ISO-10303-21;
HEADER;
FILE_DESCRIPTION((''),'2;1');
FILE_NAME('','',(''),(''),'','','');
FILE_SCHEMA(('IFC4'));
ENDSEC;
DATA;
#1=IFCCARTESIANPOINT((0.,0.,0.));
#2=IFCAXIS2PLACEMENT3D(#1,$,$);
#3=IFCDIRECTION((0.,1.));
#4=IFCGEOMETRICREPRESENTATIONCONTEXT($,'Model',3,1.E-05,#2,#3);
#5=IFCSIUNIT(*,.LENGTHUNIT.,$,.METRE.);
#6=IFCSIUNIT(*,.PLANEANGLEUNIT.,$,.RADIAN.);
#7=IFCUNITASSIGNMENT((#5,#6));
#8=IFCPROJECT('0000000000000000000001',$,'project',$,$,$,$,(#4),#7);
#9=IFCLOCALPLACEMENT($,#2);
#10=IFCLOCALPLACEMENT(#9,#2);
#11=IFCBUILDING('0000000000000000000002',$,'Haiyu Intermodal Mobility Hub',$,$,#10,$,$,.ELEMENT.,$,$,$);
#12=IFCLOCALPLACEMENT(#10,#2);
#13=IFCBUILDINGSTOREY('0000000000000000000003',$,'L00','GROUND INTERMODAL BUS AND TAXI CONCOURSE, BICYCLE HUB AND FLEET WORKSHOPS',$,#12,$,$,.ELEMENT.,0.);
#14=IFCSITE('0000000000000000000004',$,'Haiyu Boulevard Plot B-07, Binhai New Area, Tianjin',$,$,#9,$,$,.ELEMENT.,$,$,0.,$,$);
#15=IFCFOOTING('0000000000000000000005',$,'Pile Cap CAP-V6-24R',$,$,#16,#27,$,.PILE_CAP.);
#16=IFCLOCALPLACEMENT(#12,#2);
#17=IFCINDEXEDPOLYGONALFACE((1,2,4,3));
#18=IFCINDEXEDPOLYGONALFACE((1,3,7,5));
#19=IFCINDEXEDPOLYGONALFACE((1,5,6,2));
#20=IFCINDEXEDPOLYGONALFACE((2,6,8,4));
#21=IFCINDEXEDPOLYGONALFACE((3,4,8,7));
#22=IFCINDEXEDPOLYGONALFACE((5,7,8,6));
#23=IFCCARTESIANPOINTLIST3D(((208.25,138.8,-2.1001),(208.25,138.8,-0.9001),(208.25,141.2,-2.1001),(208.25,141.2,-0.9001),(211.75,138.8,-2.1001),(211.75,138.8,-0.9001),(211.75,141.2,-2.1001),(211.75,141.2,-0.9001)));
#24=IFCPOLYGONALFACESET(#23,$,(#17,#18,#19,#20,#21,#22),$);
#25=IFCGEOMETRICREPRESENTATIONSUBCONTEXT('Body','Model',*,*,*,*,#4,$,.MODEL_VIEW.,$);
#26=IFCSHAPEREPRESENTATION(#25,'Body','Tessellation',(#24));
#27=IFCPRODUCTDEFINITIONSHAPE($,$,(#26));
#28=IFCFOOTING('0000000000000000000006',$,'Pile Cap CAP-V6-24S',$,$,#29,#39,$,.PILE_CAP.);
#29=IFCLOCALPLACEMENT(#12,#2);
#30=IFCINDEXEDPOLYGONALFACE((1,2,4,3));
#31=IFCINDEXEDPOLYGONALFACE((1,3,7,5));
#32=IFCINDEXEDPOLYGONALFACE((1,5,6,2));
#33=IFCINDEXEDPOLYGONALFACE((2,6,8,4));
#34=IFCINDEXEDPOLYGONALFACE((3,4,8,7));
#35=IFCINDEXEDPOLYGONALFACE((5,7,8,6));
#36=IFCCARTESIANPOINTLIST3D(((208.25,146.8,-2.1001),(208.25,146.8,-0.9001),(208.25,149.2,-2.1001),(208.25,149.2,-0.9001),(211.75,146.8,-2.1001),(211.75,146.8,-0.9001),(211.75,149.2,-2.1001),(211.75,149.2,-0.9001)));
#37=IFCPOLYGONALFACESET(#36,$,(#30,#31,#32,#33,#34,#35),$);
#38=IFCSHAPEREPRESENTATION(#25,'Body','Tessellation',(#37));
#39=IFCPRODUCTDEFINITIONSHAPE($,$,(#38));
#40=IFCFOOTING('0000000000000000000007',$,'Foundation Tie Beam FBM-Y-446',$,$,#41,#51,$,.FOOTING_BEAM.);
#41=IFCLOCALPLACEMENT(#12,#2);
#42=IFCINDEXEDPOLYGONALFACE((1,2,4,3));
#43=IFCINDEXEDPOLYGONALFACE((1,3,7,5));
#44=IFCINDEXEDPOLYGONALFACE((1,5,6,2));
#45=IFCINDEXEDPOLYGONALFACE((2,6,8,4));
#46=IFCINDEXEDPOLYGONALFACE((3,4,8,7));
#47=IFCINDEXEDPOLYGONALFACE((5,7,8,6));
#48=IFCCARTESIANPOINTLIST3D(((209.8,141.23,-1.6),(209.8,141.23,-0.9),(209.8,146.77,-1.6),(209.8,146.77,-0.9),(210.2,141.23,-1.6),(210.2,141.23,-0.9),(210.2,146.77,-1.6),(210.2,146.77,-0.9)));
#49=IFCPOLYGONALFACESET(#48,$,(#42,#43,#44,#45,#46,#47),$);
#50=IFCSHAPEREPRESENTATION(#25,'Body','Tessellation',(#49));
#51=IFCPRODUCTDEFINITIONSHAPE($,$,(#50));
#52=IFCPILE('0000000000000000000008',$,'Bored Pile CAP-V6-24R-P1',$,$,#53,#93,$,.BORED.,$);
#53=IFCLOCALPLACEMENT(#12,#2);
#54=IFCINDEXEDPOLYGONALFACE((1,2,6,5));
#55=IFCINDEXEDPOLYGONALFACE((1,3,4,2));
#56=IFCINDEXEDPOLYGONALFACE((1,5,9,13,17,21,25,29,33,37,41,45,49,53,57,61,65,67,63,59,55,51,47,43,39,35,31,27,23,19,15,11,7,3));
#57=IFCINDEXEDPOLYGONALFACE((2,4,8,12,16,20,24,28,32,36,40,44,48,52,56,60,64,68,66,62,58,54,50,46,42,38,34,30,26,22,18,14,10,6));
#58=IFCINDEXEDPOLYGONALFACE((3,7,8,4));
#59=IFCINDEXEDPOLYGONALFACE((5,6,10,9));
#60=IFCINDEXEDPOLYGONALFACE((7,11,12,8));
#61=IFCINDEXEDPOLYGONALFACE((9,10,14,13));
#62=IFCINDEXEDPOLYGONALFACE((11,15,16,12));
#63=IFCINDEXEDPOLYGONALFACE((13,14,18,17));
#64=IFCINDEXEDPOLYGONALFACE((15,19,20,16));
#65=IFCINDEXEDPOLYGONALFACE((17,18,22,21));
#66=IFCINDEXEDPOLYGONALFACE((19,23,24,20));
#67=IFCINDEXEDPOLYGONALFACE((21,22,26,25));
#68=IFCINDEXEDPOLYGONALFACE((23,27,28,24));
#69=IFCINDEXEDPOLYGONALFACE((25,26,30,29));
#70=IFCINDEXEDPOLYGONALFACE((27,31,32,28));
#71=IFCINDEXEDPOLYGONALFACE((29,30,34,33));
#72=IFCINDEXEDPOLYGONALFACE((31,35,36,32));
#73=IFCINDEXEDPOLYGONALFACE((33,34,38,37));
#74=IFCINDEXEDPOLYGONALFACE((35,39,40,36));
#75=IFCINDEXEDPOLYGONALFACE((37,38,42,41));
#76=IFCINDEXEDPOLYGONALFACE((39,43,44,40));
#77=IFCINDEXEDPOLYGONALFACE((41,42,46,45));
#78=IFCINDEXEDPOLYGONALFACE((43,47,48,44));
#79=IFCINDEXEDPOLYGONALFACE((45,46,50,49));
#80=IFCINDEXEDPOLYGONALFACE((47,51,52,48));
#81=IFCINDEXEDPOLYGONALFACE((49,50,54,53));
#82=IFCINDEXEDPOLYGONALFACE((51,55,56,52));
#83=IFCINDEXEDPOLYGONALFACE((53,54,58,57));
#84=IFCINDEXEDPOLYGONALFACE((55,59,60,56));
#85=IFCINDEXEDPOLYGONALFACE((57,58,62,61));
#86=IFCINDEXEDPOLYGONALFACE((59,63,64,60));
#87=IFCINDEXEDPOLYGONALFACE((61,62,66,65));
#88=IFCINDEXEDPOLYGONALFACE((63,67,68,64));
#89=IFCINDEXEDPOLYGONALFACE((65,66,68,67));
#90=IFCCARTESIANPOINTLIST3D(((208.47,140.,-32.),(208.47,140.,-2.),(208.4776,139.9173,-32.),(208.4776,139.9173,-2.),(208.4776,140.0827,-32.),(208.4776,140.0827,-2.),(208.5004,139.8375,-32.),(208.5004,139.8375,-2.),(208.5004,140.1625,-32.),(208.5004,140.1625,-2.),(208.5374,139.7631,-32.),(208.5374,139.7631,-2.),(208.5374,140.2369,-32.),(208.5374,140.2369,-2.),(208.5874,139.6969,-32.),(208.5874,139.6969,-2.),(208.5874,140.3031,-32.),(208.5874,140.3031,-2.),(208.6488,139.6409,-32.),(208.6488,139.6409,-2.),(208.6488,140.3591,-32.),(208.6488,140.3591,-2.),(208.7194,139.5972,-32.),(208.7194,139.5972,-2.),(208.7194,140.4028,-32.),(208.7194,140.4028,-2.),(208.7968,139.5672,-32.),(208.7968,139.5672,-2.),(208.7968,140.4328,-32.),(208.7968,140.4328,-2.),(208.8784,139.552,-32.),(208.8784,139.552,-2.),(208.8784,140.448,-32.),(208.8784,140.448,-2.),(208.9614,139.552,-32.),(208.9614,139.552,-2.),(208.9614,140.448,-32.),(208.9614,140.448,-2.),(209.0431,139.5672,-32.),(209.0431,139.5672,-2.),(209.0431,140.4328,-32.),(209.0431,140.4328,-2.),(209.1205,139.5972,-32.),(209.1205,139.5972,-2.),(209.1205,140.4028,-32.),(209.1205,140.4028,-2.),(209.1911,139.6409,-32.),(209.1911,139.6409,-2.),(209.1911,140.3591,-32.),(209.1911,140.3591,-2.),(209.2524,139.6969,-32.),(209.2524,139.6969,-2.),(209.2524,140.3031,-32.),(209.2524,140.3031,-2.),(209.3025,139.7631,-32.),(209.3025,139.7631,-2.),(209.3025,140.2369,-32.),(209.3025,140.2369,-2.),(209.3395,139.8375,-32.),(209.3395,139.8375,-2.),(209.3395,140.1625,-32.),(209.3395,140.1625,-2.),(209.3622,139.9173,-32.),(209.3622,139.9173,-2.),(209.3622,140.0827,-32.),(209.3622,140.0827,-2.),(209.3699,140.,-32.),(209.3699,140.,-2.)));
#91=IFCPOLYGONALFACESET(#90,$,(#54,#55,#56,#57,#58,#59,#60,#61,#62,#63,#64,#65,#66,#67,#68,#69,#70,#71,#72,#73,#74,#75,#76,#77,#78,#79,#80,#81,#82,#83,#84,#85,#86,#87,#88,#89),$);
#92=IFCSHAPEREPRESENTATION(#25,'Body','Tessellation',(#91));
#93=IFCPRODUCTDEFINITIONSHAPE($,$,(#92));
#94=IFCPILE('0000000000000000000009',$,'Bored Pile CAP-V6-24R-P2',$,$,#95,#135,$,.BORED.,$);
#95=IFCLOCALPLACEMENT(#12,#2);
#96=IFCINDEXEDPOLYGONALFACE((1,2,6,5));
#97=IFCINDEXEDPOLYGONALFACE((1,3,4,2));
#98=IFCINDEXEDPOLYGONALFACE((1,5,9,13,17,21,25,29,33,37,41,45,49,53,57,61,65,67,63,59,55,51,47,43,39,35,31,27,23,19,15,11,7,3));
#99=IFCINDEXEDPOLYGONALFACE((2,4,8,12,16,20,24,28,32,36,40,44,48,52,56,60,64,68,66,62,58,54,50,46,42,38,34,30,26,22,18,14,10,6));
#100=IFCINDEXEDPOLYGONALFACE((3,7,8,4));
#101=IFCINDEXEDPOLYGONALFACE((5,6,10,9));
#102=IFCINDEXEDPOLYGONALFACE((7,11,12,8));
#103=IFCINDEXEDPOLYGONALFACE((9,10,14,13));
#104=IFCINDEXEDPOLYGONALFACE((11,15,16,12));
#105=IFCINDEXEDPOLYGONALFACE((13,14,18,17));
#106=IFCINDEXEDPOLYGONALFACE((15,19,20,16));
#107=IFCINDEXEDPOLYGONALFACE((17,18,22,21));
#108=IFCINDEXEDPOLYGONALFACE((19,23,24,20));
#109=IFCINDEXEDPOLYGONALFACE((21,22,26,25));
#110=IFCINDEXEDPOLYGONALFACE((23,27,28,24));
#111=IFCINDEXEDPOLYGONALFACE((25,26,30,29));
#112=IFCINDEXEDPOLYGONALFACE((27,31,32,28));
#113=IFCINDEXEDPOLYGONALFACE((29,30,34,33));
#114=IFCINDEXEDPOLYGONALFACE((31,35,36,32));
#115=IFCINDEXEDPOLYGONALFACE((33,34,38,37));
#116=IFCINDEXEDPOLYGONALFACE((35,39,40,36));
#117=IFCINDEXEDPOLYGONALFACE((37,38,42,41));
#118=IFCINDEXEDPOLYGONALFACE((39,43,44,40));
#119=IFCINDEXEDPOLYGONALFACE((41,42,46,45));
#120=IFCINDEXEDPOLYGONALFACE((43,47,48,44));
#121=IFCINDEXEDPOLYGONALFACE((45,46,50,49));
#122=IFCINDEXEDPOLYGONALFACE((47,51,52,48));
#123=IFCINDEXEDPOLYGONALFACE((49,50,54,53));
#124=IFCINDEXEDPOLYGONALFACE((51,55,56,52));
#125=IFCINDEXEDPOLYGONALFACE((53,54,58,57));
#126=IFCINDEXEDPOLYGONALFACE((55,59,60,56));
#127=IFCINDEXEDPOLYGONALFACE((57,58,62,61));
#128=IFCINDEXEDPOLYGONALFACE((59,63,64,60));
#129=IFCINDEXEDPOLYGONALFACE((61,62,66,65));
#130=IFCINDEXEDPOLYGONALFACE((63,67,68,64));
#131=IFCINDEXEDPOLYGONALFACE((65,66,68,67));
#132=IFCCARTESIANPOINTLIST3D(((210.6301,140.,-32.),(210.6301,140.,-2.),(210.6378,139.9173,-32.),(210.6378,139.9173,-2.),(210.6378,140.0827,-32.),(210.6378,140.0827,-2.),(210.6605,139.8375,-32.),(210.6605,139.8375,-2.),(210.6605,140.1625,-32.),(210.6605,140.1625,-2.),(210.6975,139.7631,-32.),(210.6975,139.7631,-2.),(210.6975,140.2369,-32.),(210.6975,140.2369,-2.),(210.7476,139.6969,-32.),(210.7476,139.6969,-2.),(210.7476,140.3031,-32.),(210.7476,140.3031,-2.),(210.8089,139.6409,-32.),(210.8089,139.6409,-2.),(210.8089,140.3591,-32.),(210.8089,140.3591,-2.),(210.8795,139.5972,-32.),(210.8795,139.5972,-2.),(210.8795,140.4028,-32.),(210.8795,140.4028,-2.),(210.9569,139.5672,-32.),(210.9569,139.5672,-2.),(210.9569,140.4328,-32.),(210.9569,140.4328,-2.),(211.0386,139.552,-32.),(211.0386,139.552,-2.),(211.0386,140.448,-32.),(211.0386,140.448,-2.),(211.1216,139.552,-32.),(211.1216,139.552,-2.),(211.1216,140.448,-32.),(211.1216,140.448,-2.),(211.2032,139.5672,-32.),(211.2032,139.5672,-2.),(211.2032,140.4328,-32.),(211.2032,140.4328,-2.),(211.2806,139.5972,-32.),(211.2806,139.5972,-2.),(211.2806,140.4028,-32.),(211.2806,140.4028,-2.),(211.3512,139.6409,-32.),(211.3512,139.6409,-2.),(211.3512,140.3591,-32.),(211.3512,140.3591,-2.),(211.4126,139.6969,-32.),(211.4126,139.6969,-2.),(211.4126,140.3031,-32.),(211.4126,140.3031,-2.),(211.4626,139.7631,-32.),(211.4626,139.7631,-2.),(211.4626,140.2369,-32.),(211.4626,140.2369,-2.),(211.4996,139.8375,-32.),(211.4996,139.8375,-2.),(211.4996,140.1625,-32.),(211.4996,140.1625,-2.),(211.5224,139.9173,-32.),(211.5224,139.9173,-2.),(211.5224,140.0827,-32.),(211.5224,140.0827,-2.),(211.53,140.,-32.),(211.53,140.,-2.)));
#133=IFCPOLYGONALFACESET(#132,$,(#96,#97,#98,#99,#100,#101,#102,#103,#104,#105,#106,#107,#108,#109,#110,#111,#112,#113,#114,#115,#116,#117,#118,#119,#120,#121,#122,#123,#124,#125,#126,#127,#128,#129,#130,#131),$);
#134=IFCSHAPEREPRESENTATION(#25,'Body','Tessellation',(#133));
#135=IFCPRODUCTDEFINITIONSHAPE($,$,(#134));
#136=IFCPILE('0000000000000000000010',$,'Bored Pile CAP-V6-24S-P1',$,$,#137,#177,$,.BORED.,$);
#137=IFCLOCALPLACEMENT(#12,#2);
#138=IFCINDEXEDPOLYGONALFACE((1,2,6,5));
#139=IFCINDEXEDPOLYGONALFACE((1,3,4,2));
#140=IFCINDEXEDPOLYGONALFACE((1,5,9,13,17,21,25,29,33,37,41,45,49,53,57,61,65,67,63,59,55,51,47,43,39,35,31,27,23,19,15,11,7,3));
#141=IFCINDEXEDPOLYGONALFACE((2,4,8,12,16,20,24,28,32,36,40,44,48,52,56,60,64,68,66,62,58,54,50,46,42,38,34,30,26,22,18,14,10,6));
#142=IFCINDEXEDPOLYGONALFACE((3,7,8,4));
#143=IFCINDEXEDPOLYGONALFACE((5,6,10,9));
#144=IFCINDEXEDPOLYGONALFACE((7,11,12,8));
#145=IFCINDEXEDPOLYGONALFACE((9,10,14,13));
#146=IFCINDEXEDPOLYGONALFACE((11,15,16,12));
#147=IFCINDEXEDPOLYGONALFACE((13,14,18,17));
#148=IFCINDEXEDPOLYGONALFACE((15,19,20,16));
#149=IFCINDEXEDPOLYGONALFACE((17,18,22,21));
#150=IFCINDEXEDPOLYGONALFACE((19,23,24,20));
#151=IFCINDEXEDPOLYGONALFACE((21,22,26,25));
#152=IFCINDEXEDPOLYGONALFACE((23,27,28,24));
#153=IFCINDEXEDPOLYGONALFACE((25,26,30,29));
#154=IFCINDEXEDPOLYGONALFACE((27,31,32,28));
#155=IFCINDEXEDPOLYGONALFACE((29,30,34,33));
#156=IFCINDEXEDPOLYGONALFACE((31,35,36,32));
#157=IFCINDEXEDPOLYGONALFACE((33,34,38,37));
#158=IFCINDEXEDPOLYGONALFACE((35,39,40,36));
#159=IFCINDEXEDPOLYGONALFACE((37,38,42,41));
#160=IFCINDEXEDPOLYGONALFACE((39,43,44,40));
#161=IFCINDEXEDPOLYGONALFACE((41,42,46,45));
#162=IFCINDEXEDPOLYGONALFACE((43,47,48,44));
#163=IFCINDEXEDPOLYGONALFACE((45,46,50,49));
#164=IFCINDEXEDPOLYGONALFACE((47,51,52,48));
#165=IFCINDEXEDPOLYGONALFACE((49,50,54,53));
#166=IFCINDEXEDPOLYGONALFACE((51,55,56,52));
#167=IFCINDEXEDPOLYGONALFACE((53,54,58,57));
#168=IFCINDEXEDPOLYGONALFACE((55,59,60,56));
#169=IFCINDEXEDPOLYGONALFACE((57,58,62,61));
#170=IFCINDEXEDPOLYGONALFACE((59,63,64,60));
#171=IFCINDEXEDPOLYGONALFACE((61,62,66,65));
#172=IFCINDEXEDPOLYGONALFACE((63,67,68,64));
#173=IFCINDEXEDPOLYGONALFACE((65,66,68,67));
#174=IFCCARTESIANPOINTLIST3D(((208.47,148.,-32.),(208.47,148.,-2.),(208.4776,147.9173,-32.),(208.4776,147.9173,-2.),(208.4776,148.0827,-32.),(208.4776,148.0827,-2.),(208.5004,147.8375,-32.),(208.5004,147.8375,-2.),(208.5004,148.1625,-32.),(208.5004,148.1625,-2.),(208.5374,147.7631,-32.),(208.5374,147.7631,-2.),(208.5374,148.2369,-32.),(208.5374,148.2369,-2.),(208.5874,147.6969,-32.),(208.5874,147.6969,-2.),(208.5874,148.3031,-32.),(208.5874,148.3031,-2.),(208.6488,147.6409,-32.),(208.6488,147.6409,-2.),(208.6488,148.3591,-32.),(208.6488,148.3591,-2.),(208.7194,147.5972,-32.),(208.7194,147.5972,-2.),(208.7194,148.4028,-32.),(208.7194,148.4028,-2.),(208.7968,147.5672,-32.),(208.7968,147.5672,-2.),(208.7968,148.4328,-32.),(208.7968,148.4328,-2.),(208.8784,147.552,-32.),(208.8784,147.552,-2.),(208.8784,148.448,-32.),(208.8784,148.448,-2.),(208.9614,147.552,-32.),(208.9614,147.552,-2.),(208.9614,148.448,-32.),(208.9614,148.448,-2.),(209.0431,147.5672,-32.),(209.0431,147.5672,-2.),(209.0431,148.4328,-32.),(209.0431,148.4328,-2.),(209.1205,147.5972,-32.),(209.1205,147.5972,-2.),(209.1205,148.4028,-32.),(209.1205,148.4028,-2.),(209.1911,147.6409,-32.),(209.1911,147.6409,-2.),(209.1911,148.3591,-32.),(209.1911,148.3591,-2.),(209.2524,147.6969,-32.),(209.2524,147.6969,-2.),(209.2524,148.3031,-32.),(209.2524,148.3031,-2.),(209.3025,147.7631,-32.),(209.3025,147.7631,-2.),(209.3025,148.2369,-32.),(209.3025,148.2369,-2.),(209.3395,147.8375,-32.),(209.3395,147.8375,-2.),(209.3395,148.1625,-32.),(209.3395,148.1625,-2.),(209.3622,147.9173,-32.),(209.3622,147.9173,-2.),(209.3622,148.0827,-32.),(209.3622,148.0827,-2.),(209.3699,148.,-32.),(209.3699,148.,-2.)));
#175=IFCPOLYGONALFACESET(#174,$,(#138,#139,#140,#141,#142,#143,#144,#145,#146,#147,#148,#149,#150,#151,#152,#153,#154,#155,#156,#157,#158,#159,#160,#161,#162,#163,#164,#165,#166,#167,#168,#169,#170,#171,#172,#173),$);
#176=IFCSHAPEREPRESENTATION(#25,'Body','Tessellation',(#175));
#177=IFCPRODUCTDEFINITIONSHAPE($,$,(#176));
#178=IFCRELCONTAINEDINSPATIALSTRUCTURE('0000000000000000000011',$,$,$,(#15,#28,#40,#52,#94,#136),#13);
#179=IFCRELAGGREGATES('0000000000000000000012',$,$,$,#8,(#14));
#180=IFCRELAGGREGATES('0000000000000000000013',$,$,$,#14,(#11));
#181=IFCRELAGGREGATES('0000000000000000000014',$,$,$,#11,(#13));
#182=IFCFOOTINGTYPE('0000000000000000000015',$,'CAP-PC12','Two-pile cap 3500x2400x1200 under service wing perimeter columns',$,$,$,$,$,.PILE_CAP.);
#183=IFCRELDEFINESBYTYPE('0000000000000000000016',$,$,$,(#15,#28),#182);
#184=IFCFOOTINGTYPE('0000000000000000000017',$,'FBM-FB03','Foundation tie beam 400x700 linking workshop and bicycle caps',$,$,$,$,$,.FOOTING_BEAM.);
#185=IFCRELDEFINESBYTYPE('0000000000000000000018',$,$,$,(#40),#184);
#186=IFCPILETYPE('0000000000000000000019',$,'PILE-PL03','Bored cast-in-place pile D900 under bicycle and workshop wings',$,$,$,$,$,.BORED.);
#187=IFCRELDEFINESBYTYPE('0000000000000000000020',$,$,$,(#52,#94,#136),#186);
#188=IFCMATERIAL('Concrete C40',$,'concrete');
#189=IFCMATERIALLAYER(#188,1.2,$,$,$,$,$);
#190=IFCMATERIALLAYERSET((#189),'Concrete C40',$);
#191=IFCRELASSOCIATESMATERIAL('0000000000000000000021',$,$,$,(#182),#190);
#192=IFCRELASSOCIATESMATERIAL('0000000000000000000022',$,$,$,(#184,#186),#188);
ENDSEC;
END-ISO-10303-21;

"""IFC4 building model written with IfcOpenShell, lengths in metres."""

from ifc_helpers import new_model, si_unit, direction, frame, origin, origin_2d, place, context, subcontext, project, spatial, rectangle, circle, extrude, material, layer, layer_set, material_profile, profile_set, type_object, element, save


model = new_model("IFC4")

# Units and contexts
model_context = context("Model", 3, precision=1e-05, world=origin(), true_north=direction((0.0, 1.0)))
body_context = subcontext(model_context, "Body", "Model", "MODEL_VIEW")
ifc_project = project(units=[si_unit("LENGTHUNIT", "METRE"), si_unit("PLANEANGLEUNIT", "RADIAN")], contexts=[model_context])

# Site, building, storey
site_placement = place(None, origin())
site = spatial("IfcSite", under=ifc_project, at=site_placement, Name="Haiyu Boulevard Plot B-07, Binhai New Area, Tianjin", CompositionType="ELEMENT", RefElevation=0.0)
building_placement = place(site_placement, origin())
building = spatial("IfcBuilding", under=site, at=building_placement, Name="Haiyu Intermodal Mobility Hub", CompositionType="ELEMENT")
storey_placement = place(building_placement, origin())
storey = spatial("IfcBuildingStorey", under=building, at=storey_placement, Name="L00", Description="GROUND INTERMODAL BUS AND TAXI CONCOURSE, BICYCLE HUB AND FLEET WORKSHOPS", CompositionType="ELEMENT", Elevation=0.0)

# Footings
ifc_material_1 = material(Name="Concrete C40", Category="concrete")
ifc_layer_1 = layer(ifc_material_1, 1.2)
ifc_layer_set_1 = layer_set([ifc_layer_1], Name="Concrete C40")
footing_type_1 = type_object("IfcFootingType", Name="CAP-PC12", Description="Two-pile cap 3500x2400x1200 under service wing perimeter columns", PredefinedType="PILE_CAP", material=ifc_layer_set_1)
for number, where, z_axis, x_axis, name in (
    (1, (210.0, 140.0, -2.1001), (0.0, 0.0, 1.0), (1.0, 0.0, 0.0), "Pile Cap CAP-V6-24R"),
    (2, (210.0, 148.0, -2.1001), (0.0, 0.0, 1.0), (1.0, 0.0, 0.0), "Pile Cap CAP-V6-24S"),
):
    element("IfcFooting", number, at=place(storey_placement, frame(where, z_axis=z_axis, x_axis=x_axis)), inside=storey, type_object=footing_type_1, Name=name, PredefinedType="PILE_CAP", context=body_context, shape_type="SweptSolid", body=[
        extrude(rectangle(XDim=3.5, YDim=2.3999, at=origin_2d()), origin(), (0.0, 0.0, 1.0), 1.2),
    ])
ifc_material_profile_1 = material_profile(ifc_material_1, rectangle(XDim=0.3999, YDim=0.7, at=origin_2d()), Name="FB400x700")
ifc_profile_set_1 = profile_set([ifc_material_profile_1], Name="Concrete C40")
footing_type_2 = type_object("IfcFootingType", Name="FBM-FB03", Description="Foundation tie beam 400x700 linking workshop and bicycle caps", PredefinedType="FOOTING_BEAM", material=ifc_profile_set_1)
footing_placement = place(storey_placement, frame((210.0, 141.23, -1.25), z_axis=(0.0, 1.0, 0.0), x_axis=(-1.0, 0.0, 0.0)))
element("IfcFooting", 3, at=footing_placement, inside=storey, type_object=footing_type_2, Name="Foundation Tie Beam FBM-Y-446", PredefinedType="FOOTING_BEAM", context=body_context, shape_type="SweptSolid", body=[
    extrude(rectangle(XDim=0.3999, YDim=0.7, at=origin_2d()), origin(), (0.0, 0.0, 1.0), 5.54),
])

# Piles
ifc_material_profile_2 = material_profile(ifc_material_1, circle(Radius=0.45, at=origin_2d()), Name="PILE-D900")
ifc_profile_set_2 = profile_set([ifc_material_profile_2], Name="Concrete C40")
pile_type = type_object("IfcPileType", Name="PILE-PL03", Description="Bored cast-in-place pile D900 under bicycle and workshop wings", PredefinedType="BORED", material=ifc_profile_set_2)
for number, where, z_axis, x_axis, name in (
    (4, (208.9199, 140.0, -2.0), (0.0, 0.0, -1.0), (1.0, 0.0, 0.0), "Bored Pile CAP-V6-24R-P1"),
    (5, (211.0801, 140.0, -2.0), (0.0, 0.0, -1.0), (1.0, 0.0, 0.0), "Bored Pile CAP-V6-24R-P2"),
    (6, (208.9199, 148.0, -2.0), (0.0, 0.0, -1.0), (1.0, 0.0, 0.0), "Bored Pile CAP-V6-24S-P1"),
):
    element("IfcPile", number, at=place(storey_placement, frame(where, z_axis=z_axis, x_axis=x_axis)), inside=storey, type_object=pile_type, Name=name, PredefinedType="BORED", context=body_context, shape_type="SweptSolid", body=[
        extrude(circle(Radius=0.45, at=origin_2d()), origin(), (0.0, 0.0, 1.0), 30.0),
    ])

save(model, "model.ifc")
